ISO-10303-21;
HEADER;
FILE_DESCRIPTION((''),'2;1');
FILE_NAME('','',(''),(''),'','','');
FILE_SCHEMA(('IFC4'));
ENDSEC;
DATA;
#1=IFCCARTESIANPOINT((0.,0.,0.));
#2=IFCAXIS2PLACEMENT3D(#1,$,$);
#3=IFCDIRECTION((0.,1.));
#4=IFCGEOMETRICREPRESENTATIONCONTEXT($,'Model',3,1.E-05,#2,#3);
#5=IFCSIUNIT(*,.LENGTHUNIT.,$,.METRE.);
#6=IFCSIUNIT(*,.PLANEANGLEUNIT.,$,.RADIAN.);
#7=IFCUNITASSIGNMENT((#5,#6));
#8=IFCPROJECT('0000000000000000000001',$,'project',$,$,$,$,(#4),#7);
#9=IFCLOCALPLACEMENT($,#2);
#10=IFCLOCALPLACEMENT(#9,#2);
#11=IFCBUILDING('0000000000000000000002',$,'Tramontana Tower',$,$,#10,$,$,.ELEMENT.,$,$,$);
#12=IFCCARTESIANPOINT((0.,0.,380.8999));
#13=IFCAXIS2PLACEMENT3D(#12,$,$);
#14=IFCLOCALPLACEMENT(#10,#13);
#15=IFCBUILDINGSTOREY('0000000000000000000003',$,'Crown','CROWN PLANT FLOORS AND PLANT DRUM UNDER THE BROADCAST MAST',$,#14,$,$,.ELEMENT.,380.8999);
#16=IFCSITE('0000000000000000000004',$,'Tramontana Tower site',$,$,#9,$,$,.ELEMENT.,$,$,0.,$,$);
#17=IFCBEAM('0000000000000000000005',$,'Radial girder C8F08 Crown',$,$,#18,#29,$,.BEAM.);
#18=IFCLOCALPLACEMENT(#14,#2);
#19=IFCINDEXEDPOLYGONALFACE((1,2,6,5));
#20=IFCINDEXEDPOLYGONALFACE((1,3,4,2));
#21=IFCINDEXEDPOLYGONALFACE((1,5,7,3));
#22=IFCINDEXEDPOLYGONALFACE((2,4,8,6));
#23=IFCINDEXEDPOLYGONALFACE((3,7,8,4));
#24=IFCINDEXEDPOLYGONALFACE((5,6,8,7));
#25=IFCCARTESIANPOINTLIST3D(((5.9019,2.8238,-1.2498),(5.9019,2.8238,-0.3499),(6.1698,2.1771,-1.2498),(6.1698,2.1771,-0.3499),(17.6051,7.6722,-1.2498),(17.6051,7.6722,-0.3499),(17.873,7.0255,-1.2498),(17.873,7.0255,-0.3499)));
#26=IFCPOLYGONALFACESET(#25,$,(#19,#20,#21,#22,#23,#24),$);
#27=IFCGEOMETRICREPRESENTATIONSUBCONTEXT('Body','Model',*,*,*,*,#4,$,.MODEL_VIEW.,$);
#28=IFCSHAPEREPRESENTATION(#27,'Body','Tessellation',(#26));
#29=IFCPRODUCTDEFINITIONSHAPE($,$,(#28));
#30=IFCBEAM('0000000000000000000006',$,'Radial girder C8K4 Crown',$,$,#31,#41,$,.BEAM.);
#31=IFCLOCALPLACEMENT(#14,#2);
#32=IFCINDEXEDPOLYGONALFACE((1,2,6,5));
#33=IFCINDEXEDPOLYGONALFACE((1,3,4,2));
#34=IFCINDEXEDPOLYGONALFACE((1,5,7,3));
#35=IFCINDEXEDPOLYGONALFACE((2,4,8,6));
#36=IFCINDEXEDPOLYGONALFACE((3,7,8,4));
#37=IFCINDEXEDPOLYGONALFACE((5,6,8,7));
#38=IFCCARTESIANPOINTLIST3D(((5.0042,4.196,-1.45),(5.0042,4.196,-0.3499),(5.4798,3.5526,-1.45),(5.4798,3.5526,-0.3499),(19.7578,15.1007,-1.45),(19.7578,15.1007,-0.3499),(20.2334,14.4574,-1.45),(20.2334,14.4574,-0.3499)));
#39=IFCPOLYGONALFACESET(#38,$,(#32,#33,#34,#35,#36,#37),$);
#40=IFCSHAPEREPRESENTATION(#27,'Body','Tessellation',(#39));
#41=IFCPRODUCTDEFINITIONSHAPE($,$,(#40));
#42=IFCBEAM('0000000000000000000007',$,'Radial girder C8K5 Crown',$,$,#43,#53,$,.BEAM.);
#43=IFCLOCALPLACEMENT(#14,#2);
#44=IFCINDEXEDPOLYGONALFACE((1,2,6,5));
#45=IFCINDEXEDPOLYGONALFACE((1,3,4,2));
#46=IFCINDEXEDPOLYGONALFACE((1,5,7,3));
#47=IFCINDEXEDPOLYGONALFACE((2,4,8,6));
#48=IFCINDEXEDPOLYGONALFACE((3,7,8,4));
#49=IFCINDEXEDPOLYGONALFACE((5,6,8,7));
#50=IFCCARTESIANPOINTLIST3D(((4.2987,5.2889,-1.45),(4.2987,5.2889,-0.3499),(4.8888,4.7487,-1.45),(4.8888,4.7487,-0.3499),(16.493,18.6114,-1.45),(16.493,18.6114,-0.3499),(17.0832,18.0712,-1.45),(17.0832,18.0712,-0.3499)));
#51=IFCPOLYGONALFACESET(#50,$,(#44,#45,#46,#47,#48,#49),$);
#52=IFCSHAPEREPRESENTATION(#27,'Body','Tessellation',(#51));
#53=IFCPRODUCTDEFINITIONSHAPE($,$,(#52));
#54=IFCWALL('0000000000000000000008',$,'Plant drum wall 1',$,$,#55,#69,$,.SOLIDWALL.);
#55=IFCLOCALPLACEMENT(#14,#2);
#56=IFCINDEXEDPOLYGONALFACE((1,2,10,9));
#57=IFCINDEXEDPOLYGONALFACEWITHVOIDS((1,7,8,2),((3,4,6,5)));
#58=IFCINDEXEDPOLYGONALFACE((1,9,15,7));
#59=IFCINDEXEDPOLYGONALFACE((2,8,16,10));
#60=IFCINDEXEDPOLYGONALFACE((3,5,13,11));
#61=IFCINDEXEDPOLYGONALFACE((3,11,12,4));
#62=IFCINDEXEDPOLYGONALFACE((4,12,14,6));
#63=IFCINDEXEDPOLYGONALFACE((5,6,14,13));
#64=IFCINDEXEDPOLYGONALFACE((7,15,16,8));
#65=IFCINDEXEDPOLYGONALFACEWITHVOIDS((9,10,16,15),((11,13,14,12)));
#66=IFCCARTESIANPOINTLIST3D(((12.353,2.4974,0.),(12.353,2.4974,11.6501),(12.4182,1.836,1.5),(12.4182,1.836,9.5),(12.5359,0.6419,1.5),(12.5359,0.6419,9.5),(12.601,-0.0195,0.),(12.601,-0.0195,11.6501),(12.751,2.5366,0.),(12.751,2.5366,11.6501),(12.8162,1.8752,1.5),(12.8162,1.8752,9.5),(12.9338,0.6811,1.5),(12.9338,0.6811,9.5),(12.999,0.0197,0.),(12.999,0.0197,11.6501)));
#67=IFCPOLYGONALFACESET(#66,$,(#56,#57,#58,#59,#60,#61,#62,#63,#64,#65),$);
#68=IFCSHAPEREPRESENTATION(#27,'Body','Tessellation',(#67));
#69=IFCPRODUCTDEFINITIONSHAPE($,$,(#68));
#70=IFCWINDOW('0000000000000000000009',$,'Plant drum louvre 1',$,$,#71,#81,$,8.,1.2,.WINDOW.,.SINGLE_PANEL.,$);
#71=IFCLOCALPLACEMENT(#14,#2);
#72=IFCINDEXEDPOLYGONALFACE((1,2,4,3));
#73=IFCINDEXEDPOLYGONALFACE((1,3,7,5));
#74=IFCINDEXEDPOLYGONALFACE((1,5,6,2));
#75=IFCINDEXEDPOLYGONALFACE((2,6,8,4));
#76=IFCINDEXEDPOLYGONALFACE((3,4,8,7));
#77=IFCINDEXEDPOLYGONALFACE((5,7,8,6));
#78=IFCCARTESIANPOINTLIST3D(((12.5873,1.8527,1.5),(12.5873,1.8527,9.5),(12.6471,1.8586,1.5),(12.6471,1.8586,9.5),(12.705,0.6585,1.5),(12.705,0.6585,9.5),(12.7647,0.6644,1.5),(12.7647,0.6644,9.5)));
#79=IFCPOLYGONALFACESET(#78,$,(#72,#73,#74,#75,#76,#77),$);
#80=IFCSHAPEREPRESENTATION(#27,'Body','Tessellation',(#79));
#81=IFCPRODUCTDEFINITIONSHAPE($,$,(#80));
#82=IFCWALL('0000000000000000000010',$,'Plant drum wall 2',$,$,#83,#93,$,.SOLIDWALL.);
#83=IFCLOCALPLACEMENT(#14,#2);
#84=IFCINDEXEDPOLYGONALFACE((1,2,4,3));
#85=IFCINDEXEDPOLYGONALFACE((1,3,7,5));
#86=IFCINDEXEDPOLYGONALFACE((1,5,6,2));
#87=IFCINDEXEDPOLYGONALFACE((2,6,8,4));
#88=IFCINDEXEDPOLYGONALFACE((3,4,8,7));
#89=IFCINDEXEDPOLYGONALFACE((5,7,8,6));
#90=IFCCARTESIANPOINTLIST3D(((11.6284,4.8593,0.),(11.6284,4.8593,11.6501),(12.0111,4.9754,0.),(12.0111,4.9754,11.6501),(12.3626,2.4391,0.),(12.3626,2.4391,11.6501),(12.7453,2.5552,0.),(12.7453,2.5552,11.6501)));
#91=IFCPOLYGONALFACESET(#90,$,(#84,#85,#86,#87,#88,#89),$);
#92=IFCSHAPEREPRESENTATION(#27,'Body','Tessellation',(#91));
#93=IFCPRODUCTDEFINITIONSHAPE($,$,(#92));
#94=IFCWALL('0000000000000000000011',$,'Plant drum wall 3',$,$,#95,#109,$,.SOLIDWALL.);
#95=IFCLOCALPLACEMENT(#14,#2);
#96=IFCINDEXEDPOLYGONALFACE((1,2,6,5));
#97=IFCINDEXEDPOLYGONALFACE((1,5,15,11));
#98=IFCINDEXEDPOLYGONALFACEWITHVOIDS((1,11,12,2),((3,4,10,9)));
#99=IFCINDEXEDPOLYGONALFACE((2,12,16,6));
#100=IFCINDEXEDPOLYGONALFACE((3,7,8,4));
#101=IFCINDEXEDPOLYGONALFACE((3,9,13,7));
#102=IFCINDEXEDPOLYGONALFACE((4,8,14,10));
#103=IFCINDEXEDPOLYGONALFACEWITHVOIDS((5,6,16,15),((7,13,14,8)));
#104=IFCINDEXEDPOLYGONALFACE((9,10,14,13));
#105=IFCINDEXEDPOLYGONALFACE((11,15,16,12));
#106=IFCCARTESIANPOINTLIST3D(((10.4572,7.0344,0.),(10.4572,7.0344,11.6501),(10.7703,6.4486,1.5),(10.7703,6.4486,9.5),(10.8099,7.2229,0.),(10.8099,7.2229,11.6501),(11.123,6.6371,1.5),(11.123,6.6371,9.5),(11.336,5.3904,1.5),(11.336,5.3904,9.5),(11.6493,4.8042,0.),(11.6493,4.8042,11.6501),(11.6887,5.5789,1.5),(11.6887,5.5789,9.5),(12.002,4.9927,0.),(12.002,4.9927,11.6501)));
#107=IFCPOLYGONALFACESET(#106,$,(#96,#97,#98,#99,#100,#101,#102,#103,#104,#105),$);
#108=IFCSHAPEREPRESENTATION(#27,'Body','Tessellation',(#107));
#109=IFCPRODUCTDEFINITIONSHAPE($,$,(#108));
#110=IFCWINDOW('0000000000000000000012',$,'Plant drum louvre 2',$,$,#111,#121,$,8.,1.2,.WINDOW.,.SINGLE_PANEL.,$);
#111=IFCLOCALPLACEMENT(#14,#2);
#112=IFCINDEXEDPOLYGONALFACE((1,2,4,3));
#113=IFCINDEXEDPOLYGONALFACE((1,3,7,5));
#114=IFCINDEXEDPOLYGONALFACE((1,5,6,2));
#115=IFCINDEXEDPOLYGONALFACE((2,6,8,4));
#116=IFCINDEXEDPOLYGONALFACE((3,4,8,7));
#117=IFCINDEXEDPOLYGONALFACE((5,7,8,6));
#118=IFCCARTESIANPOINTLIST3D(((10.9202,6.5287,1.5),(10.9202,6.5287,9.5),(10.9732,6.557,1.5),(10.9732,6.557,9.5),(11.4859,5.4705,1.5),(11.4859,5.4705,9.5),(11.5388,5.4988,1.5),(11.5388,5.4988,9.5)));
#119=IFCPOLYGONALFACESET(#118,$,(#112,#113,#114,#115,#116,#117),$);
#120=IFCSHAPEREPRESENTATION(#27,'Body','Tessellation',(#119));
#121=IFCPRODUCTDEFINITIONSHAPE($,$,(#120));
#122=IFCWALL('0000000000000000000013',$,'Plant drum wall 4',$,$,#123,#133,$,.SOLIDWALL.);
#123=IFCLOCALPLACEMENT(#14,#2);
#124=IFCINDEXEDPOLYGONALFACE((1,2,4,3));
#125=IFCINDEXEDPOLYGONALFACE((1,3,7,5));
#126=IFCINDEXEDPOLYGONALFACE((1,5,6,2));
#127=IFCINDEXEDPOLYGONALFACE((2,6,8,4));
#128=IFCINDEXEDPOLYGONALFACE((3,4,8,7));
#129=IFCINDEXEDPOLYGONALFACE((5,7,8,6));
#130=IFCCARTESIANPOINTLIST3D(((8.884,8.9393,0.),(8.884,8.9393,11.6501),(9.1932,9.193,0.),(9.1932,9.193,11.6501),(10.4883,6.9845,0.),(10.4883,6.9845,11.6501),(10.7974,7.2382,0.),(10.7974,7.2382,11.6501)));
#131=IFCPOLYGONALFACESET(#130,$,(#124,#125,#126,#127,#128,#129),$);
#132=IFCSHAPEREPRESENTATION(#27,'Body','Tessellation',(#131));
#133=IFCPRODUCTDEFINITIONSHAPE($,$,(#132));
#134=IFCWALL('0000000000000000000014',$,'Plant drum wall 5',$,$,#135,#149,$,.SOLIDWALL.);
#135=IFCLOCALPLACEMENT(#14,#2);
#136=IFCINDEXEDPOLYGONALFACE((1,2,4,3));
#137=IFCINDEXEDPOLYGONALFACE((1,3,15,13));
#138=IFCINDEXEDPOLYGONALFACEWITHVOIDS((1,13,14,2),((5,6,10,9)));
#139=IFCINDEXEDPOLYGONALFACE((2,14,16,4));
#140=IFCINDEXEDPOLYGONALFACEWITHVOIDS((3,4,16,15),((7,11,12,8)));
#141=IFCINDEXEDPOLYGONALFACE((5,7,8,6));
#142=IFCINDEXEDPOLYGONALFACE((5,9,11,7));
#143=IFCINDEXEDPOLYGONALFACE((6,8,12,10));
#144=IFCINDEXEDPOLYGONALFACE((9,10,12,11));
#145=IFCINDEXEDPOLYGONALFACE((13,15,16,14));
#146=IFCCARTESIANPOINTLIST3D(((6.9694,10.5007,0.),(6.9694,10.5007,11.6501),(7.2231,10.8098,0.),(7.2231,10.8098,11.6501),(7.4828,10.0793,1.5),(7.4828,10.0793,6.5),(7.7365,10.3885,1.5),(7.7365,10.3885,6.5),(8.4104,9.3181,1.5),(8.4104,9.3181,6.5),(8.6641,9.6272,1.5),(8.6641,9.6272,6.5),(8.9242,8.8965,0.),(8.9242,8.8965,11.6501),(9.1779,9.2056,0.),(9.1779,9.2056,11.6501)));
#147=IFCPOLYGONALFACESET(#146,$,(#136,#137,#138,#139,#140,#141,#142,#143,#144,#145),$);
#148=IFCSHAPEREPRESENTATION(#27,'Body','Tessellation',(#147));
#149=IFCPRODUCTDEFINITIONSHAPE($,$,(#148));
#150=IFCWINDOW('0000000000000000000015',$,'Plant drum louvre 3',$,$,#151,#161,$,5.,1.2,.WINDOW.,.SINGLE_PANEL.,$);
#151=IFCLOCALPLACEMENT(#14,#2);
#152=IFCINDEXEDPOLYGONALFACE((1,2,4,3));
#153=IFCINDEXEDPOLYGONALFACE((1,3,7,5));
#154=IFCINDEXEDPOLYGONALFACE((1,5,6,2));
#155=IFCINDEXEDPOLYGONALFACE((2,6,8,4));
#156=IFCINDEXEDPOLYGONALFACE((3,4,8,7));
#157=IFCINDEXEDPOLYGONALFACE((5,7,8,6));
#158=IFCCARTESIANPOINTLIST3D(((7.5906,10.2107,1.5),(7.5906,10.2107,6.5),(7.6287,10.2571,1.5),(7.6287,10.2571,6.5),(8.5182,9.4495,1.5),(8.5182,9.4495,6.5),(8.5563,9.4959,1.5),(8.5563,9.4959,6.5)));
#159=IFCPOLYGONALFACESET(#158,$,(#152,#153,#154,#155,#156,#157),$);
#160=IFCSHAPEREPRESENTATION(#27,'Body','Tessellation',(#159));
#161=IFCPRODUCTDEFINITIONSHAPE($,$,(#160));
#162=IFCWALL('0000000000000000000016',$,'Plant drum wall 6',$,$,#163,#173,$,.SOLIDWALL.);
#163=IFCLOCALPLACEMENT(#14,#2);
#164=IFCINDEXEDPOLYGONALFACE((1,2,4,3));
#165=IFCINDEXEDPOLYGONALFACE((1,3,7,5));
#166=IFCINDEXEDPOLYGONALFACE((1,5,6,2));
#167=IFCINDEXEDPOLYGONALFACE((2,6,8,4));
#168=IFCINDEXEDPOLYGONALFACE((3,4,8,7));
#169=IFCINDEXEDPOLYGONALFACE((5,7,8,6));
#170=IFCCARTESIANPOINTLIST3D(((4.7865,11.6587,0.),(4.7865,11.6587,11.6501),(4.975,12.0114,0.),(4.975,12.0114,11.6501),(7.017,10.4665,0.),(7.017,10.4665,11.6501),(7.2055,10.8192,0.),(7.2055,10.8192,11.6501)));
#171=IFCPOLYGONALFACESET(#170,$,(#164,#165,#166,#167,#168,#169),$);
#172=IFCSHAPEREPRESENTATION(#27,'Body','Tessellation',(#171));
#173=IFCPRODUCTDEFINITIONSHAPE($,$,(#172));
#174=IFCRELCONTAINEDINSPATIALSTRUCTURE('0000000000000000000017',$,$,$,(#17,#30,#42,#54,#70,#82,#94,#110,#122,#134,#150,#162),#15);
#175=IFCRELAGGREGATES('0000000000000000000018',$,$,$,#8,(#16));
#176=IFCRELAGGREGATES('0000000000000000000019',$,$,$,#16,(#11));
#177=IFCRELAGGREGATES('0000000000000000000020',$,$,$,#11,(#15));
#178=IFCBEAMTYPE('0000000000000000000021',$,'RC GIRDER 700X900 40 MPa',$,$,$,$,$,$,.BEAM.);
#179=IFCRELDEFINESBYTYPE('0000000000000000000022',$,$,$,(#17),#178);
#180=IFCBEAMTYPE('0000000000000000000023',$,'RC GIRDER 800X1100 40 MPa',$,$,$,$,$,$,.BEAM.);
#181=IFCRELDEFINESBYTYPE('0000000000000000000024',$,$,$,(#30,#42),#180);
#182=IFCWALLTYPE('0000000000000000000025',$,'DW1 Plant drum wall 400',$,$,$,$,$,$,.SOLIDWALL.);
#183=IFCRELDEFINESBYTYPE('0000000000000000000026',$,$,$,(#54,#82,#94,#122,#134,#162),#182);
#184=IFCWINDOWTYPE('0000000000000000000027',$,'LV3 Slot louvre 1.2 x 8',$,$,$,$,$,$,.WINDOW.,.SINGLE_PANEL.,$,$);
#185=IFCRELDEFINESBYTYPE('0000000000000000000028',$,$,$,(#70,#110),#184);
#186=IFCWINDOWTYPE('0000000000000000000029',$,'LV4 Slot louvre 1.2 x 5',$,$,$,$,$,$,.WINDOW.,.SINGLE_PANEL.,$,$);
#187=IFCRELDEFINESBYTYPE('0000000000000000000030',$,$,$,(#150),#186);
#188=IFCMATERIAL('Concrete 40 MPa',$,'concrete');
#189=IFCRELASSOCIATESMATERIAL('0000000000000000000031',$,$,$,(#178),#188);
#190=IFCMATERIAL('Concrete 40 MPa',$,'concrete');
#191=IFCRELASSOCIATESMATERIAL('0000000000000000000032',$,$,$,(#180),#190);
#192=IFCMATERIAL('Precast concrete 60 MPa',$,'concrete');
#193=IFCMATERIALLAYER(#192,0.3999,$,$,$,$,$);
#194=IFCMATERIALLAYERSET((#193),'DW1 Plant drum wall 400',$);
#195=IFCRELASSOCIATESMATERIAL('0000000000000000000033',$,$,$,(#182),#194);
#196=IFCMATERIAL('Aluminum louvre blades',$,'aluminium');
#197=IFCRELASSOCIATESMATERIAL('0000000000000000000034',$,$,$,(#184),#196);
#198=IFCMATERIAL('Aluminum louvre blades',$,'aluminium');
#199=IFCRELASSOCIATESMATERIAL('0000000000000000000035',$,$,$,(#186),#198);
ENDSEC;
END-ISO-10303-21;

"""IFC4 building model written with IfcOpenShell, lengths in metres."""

from ifc_helpers import new_model, si_unit, direction, frame, frame_2d, origin, origin_2d, place, context, subcontext, project, spatial, rectangle, extrude, material, layer, layer_set, material_profile, profile_set, type_object, element, fill, save


model = new_model("IFC4")

# Units and contexts
model_context = context("Model", 3, precision=1e-05, world=origin(), true_north=direction((0.0, 1.0)))
body_context = subcontext(model_context, "Body", "Model", "MODEL_VIEW")
ifc_project = project(units=[si_unit("LENGTHUNIT", "METRE"), si_unit("PLANEANGLEUNIT", "RADIAN")], contexts=[model_context])

# Site, building, storey
site_placement = place(None, origin())
site = spatial("IfcSite", under=ifc_project, at=site_placement, Name="Tramontana Tower site", CompositionType="ELEMENT", RefElevation=0.0)
building_placement = place(site_placement, origin())
building = spatial("IfcBuilding", under=site, at=building_placement, Name="Tramontana Tower", CompositionType="ELEMENT")
storey_placement = place(building_placement, frame((0.0, 0.0, 380.8999)))
storey = spatial("IfcBuildingStorey", under=building, at=storey_placement, Name="Crown", Description="CROWN PLANT FLOORS AND PLANT DRUM UNDER THE BROADCAST MAST", CompositionType="ELEMENT", Elevation=380.8999)

# Beams
ifc_material_1 = material(Name="Concrete 40 MPa", Category="concrete")
ifc_material_profile_1 = material_profile(ifc_material_1, rectangle(XDim=0.7, YDim=0.8999, at=origin_2d()), Name="RC GIRDER 700X900 40 MPa")
ifc_profile_set_1 = profile_set([ifc_material_profile_1], Name="Concrete 40 MPa")
beam_type_1 = type_object("IfcBeamType", Name="RC GIRDER 700X900 40 MPa", PredefinedType="BEAM", material=ifc_profile_set_1)
beam_1_placement = place(storey_placement, frame((17.739, 7.3489, -0.7998), z_axis=(-0.923857, -0.382737, 0.0), x_axis=(0.382737, -0.923857, 0.0)))
element("IfcBeam", 1, at=beam_1_placement, inside=storey, type_object=beam_type_1, Name="Radial girder C8F08 Crown", PredefinedType="BEAM", context=body_context, shape_type="SweptSolid", body=[
    extrude(rectangle(XDim=0.7, YDim=0.8999, at=origin_2d()), origin(), (0.0, 0.0, 1.0), 12.6677),
])
ifc_material_2 = material(Name="Concrete 40 MPa", Category="concrete")
ifc_material_profile_2 = material_profile(ifc_material_2, rectangle(XDim=0.8, YDim=1.1001, at=origin_2d()), Name="RC GIRDER 800X1100 40 MPa")
ifc_profile_set_2 = profile_set([ifc_material_profile_2], Name="Concrete 40 MPa")
beam_type_2 = type_object("IfcBeamType", Name="RC GIRDER 800X1100 40 MPa", PredefinedType="BEAM", material=ifc_profile_set_2)
beam_2_placement = place(storey_placement, frame((19.9956, 14.7791, -0.8999), z_axis=(-0.804179, -0.594388, 0.0), x_axis=(0.594388, -0.804179, 0.0)))
element("IfcBeam", 2, at=beam_2_placement, inside=storey, type_object=beam_type_2, Name="Radial girder C8K4 Crown", PredefinedType="BEAM", context=body_context, shape_type="SweptSolid", body=[
    extrude(rectangle(XDim=0.8, YDim=1.1001, at=origin_2d()), origin(), (0.0, 0.0, 1.0), 18.3462),
])
beam_3_placement = place(storey_placement, frame((16.7881, 18.3413, -0.8999), z_axis=(-0.675184, -0.737649, 0.0), x_axis=(0.737649, -0.675184, 0.0)))
element("IfcBeam", 3, at=beam_3_placement, inside=storey, type_object=beam_type_2, Name="Radial girder C8K5 Crown", PredefinedType="BEAM", context=body_context, shape_type="SweptSolid", body=[
    extrude(rectangle(XDim=0.8, YDim=1.1001, at=origin_2d()), origin(), (0.0, 0.0, 1.0), 18.0608),
])

# Wall, opening, window
ifc_material_3 = material(Name="Precast concrete 60 MPa", Category="concrete")
ifc_layer_1 = layer(ifc_material_3, 0.3999)
ifc_layer_set_1 = layer_set([ifc_layer_1], Name="DW1 Plant drum wall 400")
wall_type_1 = type_object("IfcWallType", Name="DW1 Plant drum wall 400", PredefinedType="SOLIDWALL", material=ifc_layer_set_1)
wall_1_placement = place(storey_placement, frame((12.8, 0.0, 0.0), z_axis=(0.0, 0.0, 1.0), x_axis=(-0.098079, 0.995179, 0.0)))
wall_1 = element("IfcWall", 4, at=wall_1_placement, inside=storey, type_object=wall_type_1, Name="Plant drum wall 1", PredefinedType="SOLIDWALL", context=body_context, shape_type="SweptSolid", body=[
    extrude(rectangle(XDim=2.5291, YDim=0.3999, at=frame_2d((1.2646, 0.0))), origin(), (0.0, 0.0, 1.0), 11.6501),
])
opening_1_placement = place(wall_1_placement, frame((0.6646, 0.0, 1.5)))
opening_1 = element("IfcOpeningElement", 5, at=opening_1_placement, cuts=wall_1, PredefinedType="OPENING", context=body_context, shape_type="SweptSolid", body=[
    extrude(rectangle(XDim=1.2, YDim=8.0, at=frame_2d((0.6001, 4.0))), frame((0.0, 0.21, 0.0), z_axis=(0.0, -1.0, 0.0), x_axis=(1.0, 0.0, 0.0)), (0.0, 0.0, 1.0), 0.4199),
])
ifc_material_4 = material(Name="Aluminum louvre blades", Category="aluminium")
window_type_1 = type_object("IfcWindowType", Name="LV3 Slot louvre 1.2 x 8", PartitioningType="SINGLE_PANEL", PredefinedType="WINDOW", material=ifc_material_4)
window_1_placement = place(opening_1_placement, origin())
window_1 = element("IfcWindow", 6, at=window_1_placement, inside=storey, type_object=window_type_1, Name="Plant drum louvre 1", OverallHeight=8.0, OverallWidth=1.2, PartitioningType="SINGLE_PANEL", PredefinedType="WINDOW", context=body_context, shape_type="SweptSolid", body=[
    extrude(rectangle(XDim=1.2, YDim=8.0, at=frame_2d((0.6001, 4.0))), frame((0.0, 0.03, 0.0), z_axis=(0.0, -1.0, 0.0), x_axis=(1.0, 0.0, 0.0)), (0.0, 0.0, 1.0), 0.0601),
])
fill(opening_1, window_1)

# Wall
wall_2_placement = place(storey_placement, frame((12.554, 2.4971, 0.0), z_axis=(0.0, 0.0, 1.0), x_axis=(-0.290278, 0.956942, 0.0)))
element("IfcWall", 7, at=wall_2_placement, inside=storey, type_object=wall_type_1, Name="Plant drum wall 2", PredefinedType="SOLIDWALL", context=body_context, shape_type="SweptSolid", body=[
    extrude(rectangle(XDim=2.5291, YDim=0.3999, at=frame_2d((1.2646, 0.0))), origin(), (0.0, 0.0, 1.0), 11.6501),
])

# Wall, opening, window
wall_3_placement = place(storey_placement, frame((11.8257, 4.8984, 0.0), z_axis=(0.0, 0.0, 1.0), x_axis=(-0.471415, 0.881912, 0.0)))
wall_3 = element("IfcWall", 8, at=wall_3_placement, inside=storey, type_object=wall_type_1, Name="Plant drum wall 3", PredefinedType="SOLIDWALL", context=body_context, shape_type="SweptSolid", body=[
    extrude(rectangle(XDim=2.5288, YDim=0.3999, at=frame_2d((1.2644, 0.0))), origin(), (0.0, 0.0, 1.0), 11.6501),
])
opening_2_placement = place(wall_3_placement, frame((0.6646, 0.0, 1.5)))
opening_2 = element("IfcOpeningElement", 9, at=opening_2_placement, cuts=wall_3, PredefinedType="OPENING", context=body_context, shape_type="SweptSolid", body=[
    extrude(rectangle(XDim=1.2, YDim=8.0, at=frame_2d((0.6001, 4.0))), frame((0.0, 0.21, 0.0), z_axis=(0.0, -1.0, 0.0), x_axis=(1.0, 0.0, 0.0)), (0.0, 0.0, 1.0), 0.4199),
])
window_2_placement = place(opening_2_placement, origin())
window_2 = element("IfcWindow", 10, at=window_2_placement, inside=storey, type_object=window_type_1, Name="Plant drum louvre 2", OverallHeight=8.0, OverallWidth=1.2, PartitioningType="SINGLE_PANEL", PredefinedType="WINDOW", context=body_context, shape_type="SweptSolid", body=[
    extrude(rectangle(XDim=1.2, YDim=8.0, at=frame_2d((0.6001, 4.0))), frame((0.0, 0.03, 0.0), z_axis=(0.0, -1.0, 0.0), x_axis=(1.0, 0.0, 0.0)), (0.0, 0.0, 1.0), 0.0601),
])
fill(opening_2, window_2)

# Wall
wall_4_placement = place(storey_placement, frame((10.6428, 7.1113, 0.0), z_axis=(0.0, 0.0, 1.0), x_axis=(-0.634383, 0.773019, 0.0)))
element("IfcWall", 11, at=wall_4_placement, inside=storey, type_object=wall_type_1, Name="Plant drum wall 4", PredefinedType="SOLIDWALL", context=body_context, shape_type="SweptSolid", body=[
    extrude(rectangle(XDim=2.5288, YDim=0.3999, at=frame_2d((1.2644, 0.0))), origin(), (0.0, 0.0, 1.0), 11.6501),
])

# Wall, opening, window
wall_5_placement = place(storey_placement, frame((9.051, 9.051, 0.0), z_axis=(0.0, 0.0, 1.0), x_axis=(-0.773019, 0.634383, 0.0)))
wall_5 = element("IfcWall", 12, at=wall_5_placement, inside=storey, type_object=wall_type_1, Name="Plant drum wall 5", PredefinedType="SOLIDWALL", context=body_context, shape_type="SweptSolid", body=[
    extrude(rectangle(XDim=2.5288, YDim=0.3999, at=frame_2d((1.2644, 0.0))), origin(), (0.0, 0.0, 1.0), 11.6501),
])
opening_3_placement = place(wall_5_placement, frame((0.6646, 0.0, 1.5)))
opening_3 = element("IfcOpeningElement", 13, at=opening_3_placement, cuts=wall_5, PredefinedType="OPENING", context=body_context, shape_type="SweptSolid", body=[
    extrude(rectangle(XDim=1.2, YDim=5.0, at=frame_2d((0.6001, 2.5))), frame((0.0, 0.21, 0.0), z_axis=(0.0, -1.0, 0.0), x_axis=(1.0, 0.0, 0.0)), (0.0, 0.0, 1.0), 0.4199),
])
ifc_material_5 = material(Name="Aluminum louvre blades", Category="aluminium")
window_type_2 = type_object("IfcWindowType", Name="LV4 Slot louvre 1.2 x 5", PartitioningType="SINGLE_PANEL", PredefinedType="WINDOW", material=ifc_material_5)
window_3_placement = place(opening_3_placement, origin())
window_3 = element("IfcWindow", 14, at=window_3_placement, inside=storey, type_object=window_type_2, Name="Plant drum louvre 3", OverallHeight=5.0, OverallWidth=1.2, PartitioningType="SINGLE_PANEL", PredefinedType="WINDOW", context=body_context, shape_type="SweptSolid", body=[
    extrude(rectangle(XDim=1.2, YDim=5.0, at=frame_2d((0.6001, 2.5))), frame((0.0, 0.03, 0.0), z_axis=(0.0, -1.0, 0.0), x_axis=(1.0, 0.0, 0.0)), (0.0, 0.0, 1.0), 0.0601),
])
fill(opening_3, window_3)

# Wall
wall_6_placement = place(storey_placement, frame((7.1113, 10.6428, 0.0), z_axis=(0.0, 0.0, 1.0), x_axis=(-0.881933, 0.471375, 0.0)))
element("IfcWall", 15, at=wall_6_placement, inside=storey, type_object=wall_type_1, Name="Plant drum wall 6", PredefinedType="SOLIDWALL", context=body_context, shape_type="SweptSolid", body=[
    extrude(rectangle(XDim=2.5291, YDim=0.3999, at=frame_2d((1.2646, 0.0))), origin(), (0.0, 0.0, 1.0), 11.6501),
])

save(model, "model.ifc")
